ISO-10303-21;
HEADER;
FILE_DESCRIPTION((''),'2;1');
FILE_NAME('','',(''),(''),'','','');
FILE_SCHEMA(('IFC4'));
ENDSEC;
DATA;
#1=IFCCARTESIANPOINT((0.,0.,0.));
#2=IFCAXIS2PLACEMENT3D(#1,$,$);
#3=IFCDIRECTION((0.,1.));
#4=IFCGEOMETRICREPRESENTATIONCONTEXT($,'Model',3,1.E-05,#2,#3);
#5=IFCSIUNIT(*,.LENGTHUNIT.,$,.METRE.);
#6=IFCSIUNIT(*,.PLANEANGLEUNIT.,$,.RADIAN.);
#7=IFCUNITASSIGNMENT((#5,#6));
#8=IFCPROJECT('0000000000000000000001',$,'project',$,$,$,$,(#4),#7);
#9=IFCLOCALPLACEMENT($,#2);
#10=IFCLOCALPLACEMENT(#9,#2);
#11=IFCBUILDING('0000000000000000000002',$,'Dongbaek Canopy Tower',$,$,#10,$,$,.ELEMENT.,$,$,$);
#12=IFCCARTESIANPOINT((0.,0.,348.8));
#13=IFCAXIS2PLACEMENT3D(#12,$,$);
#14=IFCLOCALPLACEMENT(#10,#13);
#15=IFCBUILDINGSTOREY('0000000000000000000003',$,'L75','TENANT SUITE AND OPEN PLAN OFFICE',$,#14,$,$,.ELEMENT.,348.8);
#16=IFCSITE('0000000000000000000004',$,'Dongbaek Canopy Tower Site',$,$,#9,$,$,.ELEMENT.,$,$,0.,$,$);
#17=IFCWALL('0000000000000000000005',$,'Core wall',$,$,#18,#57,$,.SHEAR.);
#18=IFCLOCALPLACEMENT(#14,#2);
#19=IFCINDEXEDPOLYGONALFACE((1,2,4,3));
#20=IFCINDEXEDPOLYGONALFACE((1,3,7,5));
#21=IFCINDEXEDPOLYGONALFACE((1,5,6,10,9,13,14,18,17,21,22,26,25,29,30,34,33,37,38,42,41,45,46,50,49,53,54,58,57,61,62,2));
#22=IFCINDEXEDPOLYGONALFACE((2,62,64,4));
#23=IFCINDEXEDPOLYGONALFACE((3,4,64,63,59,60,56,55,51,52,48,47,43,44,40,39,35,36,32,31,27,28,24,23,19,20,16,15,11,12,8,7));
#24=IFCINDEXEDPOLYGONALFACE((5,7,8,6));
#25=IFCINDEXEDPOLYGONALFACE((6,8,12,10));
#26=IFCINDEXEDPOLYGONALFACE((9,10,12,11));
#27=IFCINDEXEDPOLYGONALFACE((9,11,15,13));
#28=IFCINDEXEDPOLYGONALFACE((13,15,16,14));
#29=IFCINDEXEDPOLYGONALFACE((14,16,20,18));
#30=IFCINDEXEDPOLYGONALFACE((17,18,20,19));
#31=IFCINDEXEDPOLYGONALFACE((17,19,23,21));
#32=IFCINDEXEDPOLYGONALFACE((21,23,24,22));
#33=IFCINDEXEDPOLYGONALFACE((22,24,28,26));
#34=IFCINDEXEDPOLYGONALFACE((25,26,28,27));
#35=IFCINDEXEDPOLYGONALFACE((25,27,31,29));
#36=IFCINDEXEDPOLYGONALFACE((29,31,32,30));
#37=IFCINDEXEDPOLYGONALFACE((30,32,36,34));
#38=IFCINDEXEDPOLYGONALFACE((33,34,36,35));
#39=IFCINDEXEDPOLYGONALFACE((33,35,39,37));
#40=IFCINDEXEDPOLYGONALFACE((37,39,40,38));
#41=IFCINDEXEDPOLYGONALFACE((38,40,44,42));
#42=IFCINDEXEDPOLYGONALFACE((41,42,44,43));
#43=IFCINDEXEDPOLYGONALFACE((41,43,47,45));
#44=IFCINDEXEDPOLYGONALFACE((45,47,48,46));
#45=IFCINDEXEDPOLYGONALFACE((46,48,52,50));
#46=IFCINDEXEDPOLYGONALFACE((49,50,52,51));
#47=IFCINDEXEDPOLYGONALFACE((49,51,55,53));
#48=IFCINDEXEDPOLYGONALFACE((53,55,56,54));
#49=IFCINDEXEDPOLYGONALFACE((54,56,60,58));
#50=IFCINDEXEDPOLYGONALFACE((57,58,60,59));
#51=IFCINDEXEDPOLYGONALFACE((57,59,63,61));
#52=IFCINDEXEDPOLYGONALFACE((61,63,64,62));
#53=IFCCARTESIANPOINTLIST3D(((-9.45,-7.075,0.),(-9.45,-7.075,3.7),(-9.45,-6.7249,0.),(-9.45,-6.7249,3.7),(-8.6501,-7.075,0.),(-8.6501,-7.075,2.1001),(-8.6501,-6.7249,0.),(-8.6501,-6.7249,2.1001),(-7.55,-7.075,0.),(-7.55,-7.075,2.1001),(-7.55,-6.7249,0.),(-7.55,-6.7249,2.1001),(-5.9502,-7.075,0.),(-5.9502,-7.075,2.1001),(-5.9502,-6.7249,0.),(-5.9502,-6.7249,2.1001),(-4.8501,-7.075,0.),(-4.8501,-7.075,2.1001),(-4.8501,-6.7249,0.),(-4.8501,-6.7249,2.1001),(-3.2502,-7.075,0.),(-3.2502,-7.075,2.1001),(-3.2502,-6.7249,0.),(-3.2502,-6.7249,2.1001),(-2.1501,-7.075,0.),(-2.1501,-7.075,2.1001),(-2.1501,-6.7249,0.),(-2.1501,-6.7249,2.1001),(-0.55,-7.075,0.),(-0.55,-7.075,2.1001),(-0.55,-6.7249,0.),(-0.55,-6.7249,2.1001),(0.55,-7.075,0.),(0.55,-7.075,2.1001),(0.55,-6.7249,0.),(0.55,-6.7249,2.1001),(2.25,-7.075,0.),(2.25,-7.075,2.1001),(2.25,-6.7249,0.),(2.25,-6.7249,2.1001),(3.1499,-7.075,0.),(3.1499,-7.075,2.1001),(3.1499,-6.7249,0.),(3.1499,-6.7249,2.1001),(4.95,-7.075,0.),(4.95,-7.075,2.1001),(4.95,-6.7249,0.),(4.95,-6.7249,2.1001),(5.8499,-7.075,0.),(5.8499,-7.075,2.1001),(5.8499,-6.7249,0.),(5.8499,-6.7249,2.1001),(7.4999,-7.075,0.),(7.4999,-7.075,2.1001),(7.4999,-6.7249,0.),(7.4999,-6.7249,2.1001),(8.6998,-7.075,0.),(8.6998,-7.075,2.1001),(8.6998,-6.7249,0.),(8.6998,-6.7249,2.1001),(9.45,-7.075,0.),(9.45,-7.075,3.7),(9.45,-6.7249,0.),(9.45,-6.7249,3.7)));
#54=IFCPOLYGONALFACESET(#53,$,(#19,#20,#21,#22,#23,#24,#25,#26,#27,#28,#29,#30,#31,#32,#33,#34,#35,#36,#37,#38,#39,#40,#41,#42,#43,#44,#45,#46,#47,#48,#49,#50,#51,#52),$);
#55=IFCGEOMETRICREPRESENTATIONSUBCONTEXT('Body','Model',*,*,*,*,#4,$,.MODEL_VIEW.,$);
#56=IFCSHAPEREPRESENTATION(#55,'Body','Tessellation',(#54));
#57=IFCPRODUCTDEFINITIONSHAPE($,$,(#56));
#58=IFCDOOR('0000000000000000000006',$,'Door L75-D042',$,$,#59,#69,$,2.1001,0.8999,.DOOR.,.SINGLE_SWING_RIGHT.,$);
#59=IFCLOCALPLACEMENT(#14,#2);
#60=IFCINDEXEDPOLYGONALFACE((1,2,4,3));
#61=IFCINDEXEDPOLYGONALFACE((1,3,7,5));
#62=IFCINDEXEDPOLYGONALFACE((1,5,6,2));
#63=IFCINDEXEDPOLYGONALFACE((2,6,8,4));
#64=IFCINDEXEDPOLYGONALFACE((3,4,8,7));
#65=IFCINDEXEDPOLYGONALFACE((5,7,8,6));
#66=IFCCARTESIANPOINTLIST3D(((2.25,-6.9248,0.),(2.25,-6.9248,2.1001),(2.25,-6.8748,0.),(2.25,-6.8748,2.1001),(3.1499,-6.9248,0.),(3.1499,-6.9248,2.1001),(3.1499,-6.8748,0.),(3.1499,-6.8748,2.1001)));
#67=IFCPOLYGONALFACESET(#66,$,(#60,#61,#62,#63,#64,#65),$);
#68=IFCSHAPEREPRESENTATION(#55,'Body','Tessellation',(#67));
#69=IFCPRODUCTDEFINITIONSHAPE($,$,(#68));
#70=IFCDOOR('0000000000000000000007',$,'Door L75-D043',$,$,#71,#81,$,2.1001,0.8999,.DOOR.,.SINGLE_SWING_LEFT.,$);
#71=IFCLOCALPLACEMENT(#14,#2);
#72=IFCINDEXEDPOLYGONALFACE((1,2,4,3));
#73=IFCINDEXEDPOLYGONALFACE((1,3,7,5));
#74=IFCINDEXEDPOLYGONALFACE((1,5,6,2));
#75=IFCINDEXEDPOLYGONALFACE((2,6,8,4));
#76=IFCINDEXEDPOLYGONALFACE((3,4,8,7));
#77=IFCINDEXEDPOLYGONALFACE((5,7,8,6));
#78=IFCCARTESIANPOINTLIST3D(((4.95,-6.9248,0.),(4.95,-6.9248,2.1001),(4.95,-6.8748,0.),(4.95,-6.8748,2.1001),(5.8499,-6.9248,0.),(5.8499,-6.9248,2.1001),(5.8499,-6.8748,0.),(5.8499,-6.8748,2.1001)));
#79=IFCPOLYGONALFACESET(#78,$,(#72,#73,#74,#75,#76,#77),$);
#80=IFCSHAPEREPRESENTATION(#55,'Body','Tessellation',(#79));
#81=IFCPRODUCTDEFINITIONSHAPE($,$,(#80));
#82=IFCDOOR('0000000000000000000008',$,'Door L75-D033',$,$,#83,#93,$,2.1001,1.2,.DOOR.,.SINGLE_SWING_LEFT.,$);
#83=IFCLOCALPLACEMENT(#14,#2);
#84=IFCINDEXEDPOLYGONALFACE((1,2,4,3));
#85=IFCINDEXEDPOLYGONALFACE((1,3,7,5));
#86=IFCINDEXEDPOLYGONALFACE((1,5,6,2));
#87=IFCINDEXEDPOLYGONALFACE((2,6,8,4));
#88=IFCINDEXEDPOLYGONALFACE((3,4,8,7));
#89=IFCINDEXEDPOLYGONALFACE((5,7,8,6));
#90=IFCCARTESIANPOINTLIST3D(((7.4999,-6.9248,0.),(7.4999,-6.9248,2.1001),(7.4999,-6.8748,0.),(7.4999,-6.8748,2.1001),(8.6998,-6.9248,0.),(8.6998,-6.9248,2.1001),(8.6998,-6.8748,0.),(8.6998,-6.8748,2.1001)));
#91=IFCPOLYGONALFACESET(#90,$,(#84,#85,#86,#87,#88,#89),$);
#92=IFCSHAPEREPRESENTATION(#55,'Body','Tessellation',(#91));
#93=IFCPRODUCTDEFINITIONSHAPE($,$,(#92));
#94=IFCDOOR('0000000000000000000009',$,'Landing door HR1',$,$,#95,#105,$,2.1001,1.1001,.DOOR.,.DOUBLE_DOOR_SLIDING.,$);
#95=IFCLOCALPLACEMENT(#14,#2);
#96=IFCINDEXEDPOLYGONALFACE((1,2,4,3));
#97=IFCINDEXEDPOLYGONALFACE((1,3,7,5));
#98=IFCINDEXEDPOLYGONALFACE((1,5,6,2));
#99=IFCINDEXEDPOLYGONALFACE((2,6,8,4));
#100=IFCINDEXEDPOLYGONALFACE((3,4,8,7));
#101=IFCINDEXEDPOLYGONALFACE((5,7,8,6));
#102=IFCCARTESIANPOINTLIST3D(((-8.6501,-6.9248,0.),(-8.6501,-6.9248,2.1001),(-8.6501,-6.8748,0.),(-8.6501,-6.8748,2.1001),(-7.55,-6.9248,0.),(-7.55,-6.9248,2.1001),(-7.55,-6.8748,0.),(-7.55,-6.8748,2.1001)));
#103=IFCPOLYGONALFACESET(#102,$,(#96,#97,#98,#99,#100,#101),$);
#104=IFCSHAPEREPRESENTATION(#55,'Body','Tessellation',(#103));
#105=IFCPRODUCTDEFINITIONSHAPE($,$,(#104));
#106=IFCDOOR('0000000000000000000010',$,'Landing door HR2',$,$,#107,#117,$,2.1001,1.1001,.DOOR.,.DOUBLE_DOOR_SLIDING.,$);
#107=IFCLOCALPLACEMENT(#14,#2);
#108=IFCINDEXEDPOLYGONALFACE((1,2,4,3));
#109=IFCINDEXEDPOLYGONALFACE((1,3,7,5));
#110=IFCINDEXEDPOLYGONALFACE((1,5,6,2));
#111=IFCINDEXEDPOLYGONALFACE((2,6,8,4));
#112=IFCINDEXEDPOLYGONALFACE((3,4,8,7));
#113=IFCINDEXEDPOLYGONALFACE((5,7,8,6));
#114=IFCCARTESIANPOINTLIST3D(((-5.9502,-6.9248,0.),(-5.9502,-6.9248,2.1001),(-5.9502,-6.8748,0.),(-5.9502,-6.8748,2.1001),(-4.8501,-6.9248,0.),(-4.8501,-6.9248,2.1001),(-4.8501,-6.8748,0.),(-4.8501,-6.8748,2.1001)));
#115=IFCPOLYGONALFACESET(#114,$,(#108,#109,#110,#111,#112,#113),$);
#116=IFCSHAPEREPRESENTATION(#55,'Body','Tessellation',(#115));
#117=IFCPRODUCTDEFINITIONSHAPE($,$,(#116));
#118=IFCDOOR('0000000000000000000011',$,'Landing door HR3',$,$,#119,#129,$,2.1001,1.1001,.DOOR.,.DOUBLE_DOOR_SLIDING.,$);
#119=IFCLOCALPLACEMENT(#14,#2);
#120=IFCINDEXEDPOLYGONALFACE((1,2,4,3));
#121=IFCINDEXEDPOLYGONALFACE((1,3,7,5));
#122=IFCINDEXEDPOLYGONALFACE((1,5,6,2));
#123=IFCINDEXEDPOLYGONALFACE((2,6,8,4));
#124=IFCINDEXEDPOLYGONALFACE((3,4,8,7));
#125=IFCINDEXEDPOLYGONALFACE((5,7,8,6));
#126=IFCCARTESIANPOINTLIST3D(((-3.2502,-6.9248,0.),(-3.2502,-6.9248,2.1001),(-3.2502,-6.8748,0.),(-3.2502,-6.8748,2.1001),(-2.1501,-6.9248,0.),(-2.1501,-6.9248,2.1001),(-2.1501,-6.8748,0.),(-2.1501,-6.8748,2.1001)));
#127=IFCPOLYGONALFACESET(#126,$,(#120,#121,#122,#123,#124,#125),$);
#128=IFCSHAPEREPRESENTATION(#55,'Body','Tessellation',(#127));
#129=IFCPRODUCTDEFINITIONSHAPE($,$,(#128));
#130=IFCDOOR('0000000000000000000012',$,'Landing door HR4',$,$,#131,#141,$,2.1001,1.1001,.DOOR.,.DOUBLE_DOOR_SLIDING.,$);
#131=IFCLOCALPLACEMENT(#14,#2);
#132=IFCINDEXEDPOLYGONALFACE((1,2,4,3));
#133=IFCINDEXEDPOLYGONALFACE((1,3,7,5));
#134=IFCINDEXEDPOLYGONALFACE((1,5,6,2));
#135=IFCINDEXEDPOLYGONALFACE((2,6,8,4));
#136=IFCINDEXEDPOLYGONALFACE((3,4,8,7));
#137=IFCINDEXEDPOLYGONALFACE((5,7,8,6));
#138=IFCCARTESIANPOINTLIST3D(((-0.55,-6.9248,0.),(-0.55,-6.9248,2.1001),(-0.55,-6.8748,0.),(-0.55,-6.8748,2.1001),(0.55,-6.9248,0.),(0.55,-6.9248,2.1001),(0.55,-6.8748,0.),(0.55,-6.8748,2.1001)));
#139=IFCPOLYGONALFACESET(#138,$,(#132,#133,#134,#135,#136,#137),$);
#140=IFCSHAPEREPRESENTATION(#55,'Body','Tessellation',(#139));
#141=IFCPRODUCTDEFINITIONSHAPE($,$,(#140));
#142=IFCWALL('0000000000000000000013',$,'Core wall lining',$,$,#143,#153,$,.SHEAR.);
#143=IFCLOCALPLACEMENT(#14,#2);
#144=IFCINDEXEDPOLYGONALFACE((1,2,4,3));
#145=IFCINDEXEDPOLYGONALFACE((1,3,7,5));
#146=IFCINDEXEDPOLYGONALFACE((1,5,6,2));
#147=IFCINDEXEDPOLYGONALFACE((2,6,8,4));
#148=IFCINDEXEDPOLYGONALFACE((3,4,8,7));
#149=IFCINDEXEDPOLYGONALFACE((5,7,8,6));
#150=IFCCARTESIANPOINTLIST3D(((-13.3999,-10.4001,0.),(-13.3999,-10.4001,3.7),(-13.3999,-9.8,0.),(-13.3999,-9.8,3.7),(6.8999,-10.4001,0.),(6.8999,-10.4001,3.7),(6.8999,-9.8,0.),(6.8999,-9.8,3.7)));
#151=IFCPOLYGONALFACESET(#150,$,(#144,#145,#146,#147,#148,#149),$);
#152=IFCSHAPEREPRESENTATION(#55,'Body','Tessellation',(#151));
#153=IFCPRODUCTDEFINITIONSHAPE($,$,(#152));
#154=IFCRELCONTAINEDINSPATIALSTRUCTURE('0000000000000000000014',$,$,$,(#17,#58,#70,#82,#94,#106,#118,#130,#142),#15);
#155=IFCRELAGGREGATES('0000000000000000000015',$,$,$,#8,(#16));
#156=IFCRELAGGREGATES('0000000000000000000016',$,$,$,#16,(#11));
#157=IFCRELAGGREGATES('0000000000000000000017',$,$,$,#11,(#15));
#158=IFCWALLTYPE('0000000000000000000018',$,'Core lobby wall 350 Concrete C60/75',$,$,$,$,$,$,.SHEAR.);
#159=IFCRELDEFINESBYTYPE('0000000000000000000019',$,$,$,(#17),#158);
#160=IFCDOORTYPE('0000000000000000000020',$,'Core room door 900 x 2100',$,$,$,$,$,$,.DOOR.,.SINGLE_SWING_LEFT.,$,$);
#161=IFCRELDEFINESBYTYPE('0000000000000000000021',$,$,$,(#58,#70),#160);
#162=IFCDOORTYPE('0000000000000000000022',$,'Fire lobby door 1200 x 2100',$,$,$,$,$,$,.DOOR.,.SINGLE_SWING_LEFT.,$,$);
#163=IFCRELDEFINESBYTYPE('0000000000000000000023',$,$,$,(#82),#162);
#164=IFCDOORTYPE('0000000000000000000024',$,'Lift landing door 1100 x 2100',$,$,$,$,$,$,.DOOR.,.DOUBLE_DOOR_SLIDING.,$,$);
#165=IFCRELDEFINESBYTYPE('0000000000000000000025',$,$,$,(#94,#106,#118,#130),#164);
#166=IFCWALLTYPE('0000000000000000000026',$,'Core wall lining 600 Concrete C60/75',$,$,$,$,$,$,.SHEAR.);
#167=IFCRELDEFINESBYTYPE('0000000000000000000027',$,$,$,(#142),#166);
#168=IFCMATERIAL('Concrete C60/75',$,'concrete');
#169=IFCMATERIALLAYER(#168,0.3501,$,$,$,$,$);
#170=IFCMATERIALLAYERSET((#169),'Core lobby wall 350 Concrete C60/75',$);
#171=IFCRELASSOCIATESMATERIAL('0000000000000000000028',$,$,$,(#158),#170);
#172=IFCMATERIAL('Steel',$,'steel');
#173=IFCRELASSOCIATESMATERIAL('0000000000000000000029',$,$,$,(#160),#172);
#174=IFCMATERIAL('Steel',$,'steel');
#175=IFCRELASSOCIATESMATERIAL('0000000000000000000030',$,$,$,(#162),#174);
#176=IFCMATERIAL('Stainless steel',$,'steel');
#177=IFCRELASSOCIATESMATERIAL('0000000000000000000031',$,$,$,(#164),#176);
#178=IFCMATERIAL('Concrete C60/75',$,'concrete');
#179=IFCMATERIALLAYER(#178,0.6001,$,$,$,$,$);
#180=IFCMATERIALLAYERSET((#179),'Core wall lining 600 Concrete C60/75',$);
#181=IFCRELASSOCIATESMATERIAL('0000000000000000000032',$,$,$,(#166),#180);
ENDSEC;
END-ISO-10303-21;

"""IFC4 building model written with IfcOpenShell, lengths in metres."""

from ifc_helpers import new_model, si_unit, direction, frame, frame_2d, origin, place, context, subcontext, project, spatial, rectangle, extrude, material, layer, layer_set, type_object, element, fill, save


model = new_model("IFC4")

# Units and contexts
model_context = context("Model", 3, precision=1e-05, world=origin(), true_north=direction((0.0, 1.0)))
body_context = subcontext(model_context, "Body", "Model", "MODEL_VIEW")
ifc_project = project(units=[si_unit("LENGTHUNIT", "METRE"), si_unit("PLANEANGLEUNIT", "RADIAN")], contexts=[model_context])

# Site, building, storey
site_placement = place(None, origin())
site = spatial("IfcSite", under=ifc_project, at=site_placement, Name="Dongbaek Canopy Tower Site", CompositionType="ELEMENT", RefElevation=0.0)
building_placement = place(site_placement, origin())
building = spatial("IfcBuilding", under=site, at=building_placement, Name="Dongbaek Canopy Tower", CompositionType="ELEMENT")
storey_placement = place(building_placement, frame((0.0, 0.0, 348.8)))
storey = spatial("IfcBuildingStorey", under=building, at=storey_placement, Name="L75", Description="TENANT SUITE AND OPEN PLAN OFFICE", CompositionType="ELEMENT", Elevation=348.8)

# Wall, openings, doors
ifc_material_1 = material(Name="Concrete C60/75", Category="concrete")
ifc_layer_1 = layer(ifc_material_1, 0.3501)
ifc_layer_set_1 = layer_set([ifc_layer_1], Name="Core lobby wall 350 Concrete C60/75")
wall_type_1 = type_object("IfcWallType", Name="Core lobby wall 350 Concrete C60/75", PredefinedType="SHEAR", material=ifc_layer_set_1)
wall_1_placement = place(storey_placement, frame((9.45, -6.8999, 0.0), z_axis=(0.0, 0.0, 1.0), x_axis=(-1.0, 0.0, 0.0)))
wall_1 = element("IfcWall", 1, at=wall_1_placement, inside=storey, type_object=wall_type_1, Name="Core wall", PredefinedType="SHEAR", context=body_context, shape_type="SweptSolid", body=[
    extrude(rectangle(XDim=18.8999, YDim=0.3501, at=frame_2d((9.45, 0.0))), origin(), (0.0, 0.0, 1.0), 3.7),
])
opening_1_placement = place(wall_1_placement, frame((17.0, 0.0, 0.0)))
opening_1 = element("IfcOpeningElement", 2, at=opening_1_placement, cuts=wall_1, PredefinedType="OPENING", context=body_context, shape_type="SweptSolid", body=[
    extrude(rectangle(XDim=1.1001, YDim=2.1001, at=frame_2d((0.55, 1.05))), frame((0.0, 0.1851, 0.0), z_axis=(0.0, -1.0, 0.0), x_axis=(1.0, 0.0, 0.0)), (0.0, 0.0, 1.0), 0.3701),
])
opening_2_placement = place(wall_1_placement, frame((14.3, 0.0, 0.0)))
opening_2 = element("IfcOpeningElement", 3, at=opening_2_placement, cuts=wall_1, PredefinedType="OPENING", context=body_context, shape_type="SweptSolid", body=[
    extrude(rectangle(XDim=1.1001, YDim=2.1001, at=frame_2d((0.55, 1.05))), frame((0.0, 0.1851, 0.0), z_axis=(0.0, -1.0, 0.0), x_axis=(1.0, 0.0, 0.0)), (0.0, 0.0, 1.0), 0.3701),
])
opening_3_placement = place(wall_1_placement, frame((11.6001, 0.0, 0.0)))
opening_3 = element("IfcOpeningElement", 4, at=opening_3_placement, cuts=wall_1, PredefinedType="OPENING", context=body_context, shape_type="SweptSolid", body=[
    extrude(rectangle(XDim=1.1001, YDim=2.1001, at=frame_2d((0.55, 1.05))), frame((0.0, 0.1851, 0.0), z_axis=(0.0, -1.0, 0.0), x_axis=(1.0, 0.0, 0.0)), (0.0, 0.0, 1.0), 0.3701),
])
opening_4_placement = place(wall_1_placement, frame((8.8999, 0.0, 0.0)))
opening_4 = element("IfcOpeningElement", 5, at=opening_4_placement, cuts=wall_1, PredefinedType="OPENING", context=body_context, shape_type="SweptSolid", body=[
    extrude(rectangle(XDim=1.1001, YDim=2.1001, at=frame_2d((0.55, 1.05))), frame((0.0, 0.1851, 0.0), z_axis=(0.0, -1.0, 0.0), x_axis=(1.0, 0.0, 0.0)), (0.0, 0.0, 1.0), 0.3701),
])
opening_5_placement = place(wall_1_placement, frame((0.75, 0.0, 0.0)))
opening_5 = element("IfcOpeningElement", 6, at=opening_5_placement, cuts=wall_1, PredefinedType="OPENING", context=body_context, shape_type="SweptSolid", body=[
    extrude(rectangle(XDim=1.2, YDim=2.1001, at=frame_2d((0.6001, 1.05))), frame((0.0, 0.1851, 0.0), z_axis=(0.0, -1.0, 0.0), x_axis=(1.0, 0.0, 0.0)), (0.0, 0.0, 1.0), 0.3701),
])
opening_6_placement = place(wall_1_placement, frame((6.3, 0.0, 0.0)))
opening_6 = element("IfcOpeningElement", 7, at=opening_6_placement, cuts=wall_1, PredefinedType="OPENING", context=body_context, shape_type="SweptSolid", body=[
    extrude(rectangle(XDim=0.8999, YDim=2.1001, at=frame_2d((0.45, 1.05))), frame((0.0, 0.1851, 0.0), z_axis=(0.0, -1.0, 0.0), x_axis=(1.0, 0.0, 0.0)), (0.0, 0.0, 1.0), 0.3701),
])
opening_7_placement = place(wall_1_placement, frame((3.6001, 0.0, 0.0)))
opening_7 = element("IfcOpeningElement", 8, at=opening_7_placement, cuts=wall_1, PredefinedType="OPENING", context=body_context, shape_type="SweptSolid", body=[
    extrude(rectangle(XDim=0.8999, YDim=2.1001, at=frame_2d((0.45, 1.05))), frame((0.0, 0.1851, 0.0), z_axis=(0.0, -1.0, 0.0), x_axis=(1.0, 0.0, 0.0)), (0.0, 0.0, 1.0), 0.3701),
])
ifc_material_2 = material(Name="Steel", Category="steel")
door_type_1 = type_object("IfcDoorType", Name="Core room door 900 x 2100", OperationType="SINGLE_SWING_LEFT", PredefinedType="DOOR", material=ifc_material_2)
door_1_placement = place(opening_6_placement, origin())
door_1 = element("IfcDoor", 9, at=door_1_placement, inside=storey, type_object=door_type_1, Name="Door L75-D042", OperationType="SINGLE_SWING_RIGHT", OverallHeight=2.1001, OverallWidth=0.8999, PredefinedType="DOOR", context=body_context, shape_type="SweptSolid", body=[
    extrude(rectangle(XDim=0.8999, YDim=2.1001, at=frame_2d((0.45, 1.05))), frame((0.0, 0.0249, 0.0), z_axis=(0.0, -1.0, 0.0), x_axis=(1.0, 0.0, 0.0)), (0.0, 0.0, 1.0), 0.05),
])
fill(opening_6, door_1)
door_2_placement = place(opening_7_placement, origin())
door_2 = element("IfcDoor", 10, at=door_2_placement, inside=storey, type_object=door_type_1, Name="Door L75-D043", OperationType="SINGLE_SWING_LEFT", OverallHeight=2.1001, OverallWidth=0.8999, PredefinedType="DOOR", context=body_context, shape_type="SweptSolid", body=[
    extrude(rectangle(XDim=0.8999, YDim=2.1001, at=frame_2d((0.45, 1.05))), frame((0.0, 0.0249, 0.0), z_axis=(0.0, -1.0, 0.0), x_axis=(1.0, 0.0, 0.0)), (0.0, 0.0, 1.0), 0.05),
])
fill(opening_7, door_2)
ifc_material_3 = material(Name="Steel", Category="steel")
door_type_2 = type_object("IfcDoorType", Name="Fire lobby door 1200 x 2100", OperationType="SINGLE_SWING_LEFT", PredefinedType="DOOR", material=ifc_material_3)
door_3_placement = place(opening_5_placement, origin())
door_3 = element("IfcDoor", 11, at=door_3_placement, inside=storey, type_object=door_type_2, Name="Door L75-D033", OperationType="SINGLE_SWING_LEFT", OverallHeight=2.1001, OverallWidth=1.2, PredefinedType="DOOR", context=body_context, shape_type="SweptSolid", body=[
    extrude(rectangle(XDim=1.2, YDim=2.1001, at=frame_2d((0.6001, 1.05))), frame((0.0, 0.0249, 0.0), z_axis=(0.0, -1.0, 0.0), x_axis=(1.0, 0.0, 0.0)), (0.0, 0.0, 1.0), 0.05),
])
fill(opening_5, door_3)
ifc_material_4 = material(Name="Stainless steel", Category="steel")
door_type_3 = type_object("IfcDoorType", Name="Lift landing door 1100 x 2100", OperationType="DOUBLE_DOOR_SLIDING", PredefinedType="DOOR", material=ifc_material_4)
door_4_placement = place(opening_1_placement, origin())
door_4 = element("IfcDoor", 12, at=door_4_placement, inside=storey, type_object=door_type_3, Name="Landing door HR1", OperationType="DOUBLE_DOOR_SLIDING", OverallHeight=2.1001, OverallWidth=1.1001, PredefinedType="DOOR", context=body_context, shape_type="SweptSolid", body=[
    extrude(rectangle(XDim=1.1001, YDim=2.1001, at=frame_2d((0.55, 1.05))), frame((0.0, 0.0249, 0.0), z_axis=(0.0, -1.0, 0.0), x_axis=(1.0, 0.0, 0.0)), (0.0, 0.0, 1.0), 0.05),
])
fill(opening_1, door_4)
door_5_placement = place(opening_2_placement, origin())
door_5 = element("IfcDoor", 13, at=door_5_placement, inside=storey, type_object=door_type_3, Name="Landing door HR2", OperationType="DOUBLE_DOOR_SLIDING", OverallHeight=2.1001, OverallWidth=1.1001, PredefinedType="DOOR", context=body_context, shape_type="SweptSolid", body=[
    extrude(rectangle(XDim=1.1001, YDim=2.1001, at=frame_2d((0.55, 1.05))), frame((0.0, 0.0249, 0.0), z_axis=(0.0, -1.0, 0.0), x_axis=(1.0, 0.0, 0.0)), (0.0, 0.0, 1.0), 0.05),
])
fill(opening_2, door_5)
door_6_placement = place(opening_3_placement, origin())
door_6 = element("IfcDoor", 14, at=door_6_placement, inside=storey, type_object=door_type_3, Name="Landing door HR3", OperationType="DOUBLE_DOOR_SLIDING", OverallHeight=2.1001, OverallWidth=1.1001, PredefinedType="DOOR", context=body_context, shape_type="SweptSolid", body=[
    extrude(rectangle(XDim=1.1001, YDim=2.1001, at=frame_2d((0.55, 1.05))), frame((0.0, 0.0249, 0.0), z_axis=(0.0, -1.0, 0.0), x_axis=(1.0, 0.0, 0.0)), (0.0, 0.0, 1.0), 0.05),
])
fill(opening_3, door_6)
door_7_placement = place(opening_4_placement, origin())
door_7 = element("IfcDoor", 15, at=door_7_placement, inside=storey, type_object=door_type_3, Name="Landing door HR4", OperationType="DOUBLE_DOOR_SLIDING", OverallHeight=2.1001, OverallWidth=1.1001, PredefinedType="DOOR", context=body_context, shape_type="SweptSolid", body=[
    extrude(rectangle(XDim=1.1001, YDim=2.1001, at=frame_2d((0.55, 1.05))), frame((0.0, 0.0249, 0.0), z_axis=(0.0, -1.0, 0.0), x_axis=(1.0, 0.0, 0.0)), (0.0, 0.0, 1.0), 0.05),
])
fill(opening_4, door_7)

# Wall
ifc_material_5 = material(Name="Concrete C60/75", Category="concrete")
ifc_layer_2 = layer(ifc_material_5, 0.6001)
ifc_layer_set_2 = layer_set([ifc_layer_2], Name="Core wall lining 600 Concrete C60/75")
wall_type_2 = type_object("IfcWallType", Name="Core wall lining 600 Concrete C60/75", PredefinedType="SHEAR", material=ifc_layer_set_2)
wall_2_placement = place(storey_placement, frame((6.8999, -10.1001, 0.0), z_axis=(0.0, 0.0, 1.0), x_axis=(-1.0, 0.0, 0.0)))
element("IfcWall", 16, at=wall_2_placement, inside=storey, type_object=wall_type_2, Name="Core wall lining", PredefinedType="SHEAR", context=body_context, shape_type="SweptSolid", body=[
    extrude(rectangle(XDim=20.2998, YDim=0.6001, at=frame_2d((10.1499, 0.0))), origin(), (0.0, 0.0, 1.0), 3.7),
])

save(model, "model.ifc")
